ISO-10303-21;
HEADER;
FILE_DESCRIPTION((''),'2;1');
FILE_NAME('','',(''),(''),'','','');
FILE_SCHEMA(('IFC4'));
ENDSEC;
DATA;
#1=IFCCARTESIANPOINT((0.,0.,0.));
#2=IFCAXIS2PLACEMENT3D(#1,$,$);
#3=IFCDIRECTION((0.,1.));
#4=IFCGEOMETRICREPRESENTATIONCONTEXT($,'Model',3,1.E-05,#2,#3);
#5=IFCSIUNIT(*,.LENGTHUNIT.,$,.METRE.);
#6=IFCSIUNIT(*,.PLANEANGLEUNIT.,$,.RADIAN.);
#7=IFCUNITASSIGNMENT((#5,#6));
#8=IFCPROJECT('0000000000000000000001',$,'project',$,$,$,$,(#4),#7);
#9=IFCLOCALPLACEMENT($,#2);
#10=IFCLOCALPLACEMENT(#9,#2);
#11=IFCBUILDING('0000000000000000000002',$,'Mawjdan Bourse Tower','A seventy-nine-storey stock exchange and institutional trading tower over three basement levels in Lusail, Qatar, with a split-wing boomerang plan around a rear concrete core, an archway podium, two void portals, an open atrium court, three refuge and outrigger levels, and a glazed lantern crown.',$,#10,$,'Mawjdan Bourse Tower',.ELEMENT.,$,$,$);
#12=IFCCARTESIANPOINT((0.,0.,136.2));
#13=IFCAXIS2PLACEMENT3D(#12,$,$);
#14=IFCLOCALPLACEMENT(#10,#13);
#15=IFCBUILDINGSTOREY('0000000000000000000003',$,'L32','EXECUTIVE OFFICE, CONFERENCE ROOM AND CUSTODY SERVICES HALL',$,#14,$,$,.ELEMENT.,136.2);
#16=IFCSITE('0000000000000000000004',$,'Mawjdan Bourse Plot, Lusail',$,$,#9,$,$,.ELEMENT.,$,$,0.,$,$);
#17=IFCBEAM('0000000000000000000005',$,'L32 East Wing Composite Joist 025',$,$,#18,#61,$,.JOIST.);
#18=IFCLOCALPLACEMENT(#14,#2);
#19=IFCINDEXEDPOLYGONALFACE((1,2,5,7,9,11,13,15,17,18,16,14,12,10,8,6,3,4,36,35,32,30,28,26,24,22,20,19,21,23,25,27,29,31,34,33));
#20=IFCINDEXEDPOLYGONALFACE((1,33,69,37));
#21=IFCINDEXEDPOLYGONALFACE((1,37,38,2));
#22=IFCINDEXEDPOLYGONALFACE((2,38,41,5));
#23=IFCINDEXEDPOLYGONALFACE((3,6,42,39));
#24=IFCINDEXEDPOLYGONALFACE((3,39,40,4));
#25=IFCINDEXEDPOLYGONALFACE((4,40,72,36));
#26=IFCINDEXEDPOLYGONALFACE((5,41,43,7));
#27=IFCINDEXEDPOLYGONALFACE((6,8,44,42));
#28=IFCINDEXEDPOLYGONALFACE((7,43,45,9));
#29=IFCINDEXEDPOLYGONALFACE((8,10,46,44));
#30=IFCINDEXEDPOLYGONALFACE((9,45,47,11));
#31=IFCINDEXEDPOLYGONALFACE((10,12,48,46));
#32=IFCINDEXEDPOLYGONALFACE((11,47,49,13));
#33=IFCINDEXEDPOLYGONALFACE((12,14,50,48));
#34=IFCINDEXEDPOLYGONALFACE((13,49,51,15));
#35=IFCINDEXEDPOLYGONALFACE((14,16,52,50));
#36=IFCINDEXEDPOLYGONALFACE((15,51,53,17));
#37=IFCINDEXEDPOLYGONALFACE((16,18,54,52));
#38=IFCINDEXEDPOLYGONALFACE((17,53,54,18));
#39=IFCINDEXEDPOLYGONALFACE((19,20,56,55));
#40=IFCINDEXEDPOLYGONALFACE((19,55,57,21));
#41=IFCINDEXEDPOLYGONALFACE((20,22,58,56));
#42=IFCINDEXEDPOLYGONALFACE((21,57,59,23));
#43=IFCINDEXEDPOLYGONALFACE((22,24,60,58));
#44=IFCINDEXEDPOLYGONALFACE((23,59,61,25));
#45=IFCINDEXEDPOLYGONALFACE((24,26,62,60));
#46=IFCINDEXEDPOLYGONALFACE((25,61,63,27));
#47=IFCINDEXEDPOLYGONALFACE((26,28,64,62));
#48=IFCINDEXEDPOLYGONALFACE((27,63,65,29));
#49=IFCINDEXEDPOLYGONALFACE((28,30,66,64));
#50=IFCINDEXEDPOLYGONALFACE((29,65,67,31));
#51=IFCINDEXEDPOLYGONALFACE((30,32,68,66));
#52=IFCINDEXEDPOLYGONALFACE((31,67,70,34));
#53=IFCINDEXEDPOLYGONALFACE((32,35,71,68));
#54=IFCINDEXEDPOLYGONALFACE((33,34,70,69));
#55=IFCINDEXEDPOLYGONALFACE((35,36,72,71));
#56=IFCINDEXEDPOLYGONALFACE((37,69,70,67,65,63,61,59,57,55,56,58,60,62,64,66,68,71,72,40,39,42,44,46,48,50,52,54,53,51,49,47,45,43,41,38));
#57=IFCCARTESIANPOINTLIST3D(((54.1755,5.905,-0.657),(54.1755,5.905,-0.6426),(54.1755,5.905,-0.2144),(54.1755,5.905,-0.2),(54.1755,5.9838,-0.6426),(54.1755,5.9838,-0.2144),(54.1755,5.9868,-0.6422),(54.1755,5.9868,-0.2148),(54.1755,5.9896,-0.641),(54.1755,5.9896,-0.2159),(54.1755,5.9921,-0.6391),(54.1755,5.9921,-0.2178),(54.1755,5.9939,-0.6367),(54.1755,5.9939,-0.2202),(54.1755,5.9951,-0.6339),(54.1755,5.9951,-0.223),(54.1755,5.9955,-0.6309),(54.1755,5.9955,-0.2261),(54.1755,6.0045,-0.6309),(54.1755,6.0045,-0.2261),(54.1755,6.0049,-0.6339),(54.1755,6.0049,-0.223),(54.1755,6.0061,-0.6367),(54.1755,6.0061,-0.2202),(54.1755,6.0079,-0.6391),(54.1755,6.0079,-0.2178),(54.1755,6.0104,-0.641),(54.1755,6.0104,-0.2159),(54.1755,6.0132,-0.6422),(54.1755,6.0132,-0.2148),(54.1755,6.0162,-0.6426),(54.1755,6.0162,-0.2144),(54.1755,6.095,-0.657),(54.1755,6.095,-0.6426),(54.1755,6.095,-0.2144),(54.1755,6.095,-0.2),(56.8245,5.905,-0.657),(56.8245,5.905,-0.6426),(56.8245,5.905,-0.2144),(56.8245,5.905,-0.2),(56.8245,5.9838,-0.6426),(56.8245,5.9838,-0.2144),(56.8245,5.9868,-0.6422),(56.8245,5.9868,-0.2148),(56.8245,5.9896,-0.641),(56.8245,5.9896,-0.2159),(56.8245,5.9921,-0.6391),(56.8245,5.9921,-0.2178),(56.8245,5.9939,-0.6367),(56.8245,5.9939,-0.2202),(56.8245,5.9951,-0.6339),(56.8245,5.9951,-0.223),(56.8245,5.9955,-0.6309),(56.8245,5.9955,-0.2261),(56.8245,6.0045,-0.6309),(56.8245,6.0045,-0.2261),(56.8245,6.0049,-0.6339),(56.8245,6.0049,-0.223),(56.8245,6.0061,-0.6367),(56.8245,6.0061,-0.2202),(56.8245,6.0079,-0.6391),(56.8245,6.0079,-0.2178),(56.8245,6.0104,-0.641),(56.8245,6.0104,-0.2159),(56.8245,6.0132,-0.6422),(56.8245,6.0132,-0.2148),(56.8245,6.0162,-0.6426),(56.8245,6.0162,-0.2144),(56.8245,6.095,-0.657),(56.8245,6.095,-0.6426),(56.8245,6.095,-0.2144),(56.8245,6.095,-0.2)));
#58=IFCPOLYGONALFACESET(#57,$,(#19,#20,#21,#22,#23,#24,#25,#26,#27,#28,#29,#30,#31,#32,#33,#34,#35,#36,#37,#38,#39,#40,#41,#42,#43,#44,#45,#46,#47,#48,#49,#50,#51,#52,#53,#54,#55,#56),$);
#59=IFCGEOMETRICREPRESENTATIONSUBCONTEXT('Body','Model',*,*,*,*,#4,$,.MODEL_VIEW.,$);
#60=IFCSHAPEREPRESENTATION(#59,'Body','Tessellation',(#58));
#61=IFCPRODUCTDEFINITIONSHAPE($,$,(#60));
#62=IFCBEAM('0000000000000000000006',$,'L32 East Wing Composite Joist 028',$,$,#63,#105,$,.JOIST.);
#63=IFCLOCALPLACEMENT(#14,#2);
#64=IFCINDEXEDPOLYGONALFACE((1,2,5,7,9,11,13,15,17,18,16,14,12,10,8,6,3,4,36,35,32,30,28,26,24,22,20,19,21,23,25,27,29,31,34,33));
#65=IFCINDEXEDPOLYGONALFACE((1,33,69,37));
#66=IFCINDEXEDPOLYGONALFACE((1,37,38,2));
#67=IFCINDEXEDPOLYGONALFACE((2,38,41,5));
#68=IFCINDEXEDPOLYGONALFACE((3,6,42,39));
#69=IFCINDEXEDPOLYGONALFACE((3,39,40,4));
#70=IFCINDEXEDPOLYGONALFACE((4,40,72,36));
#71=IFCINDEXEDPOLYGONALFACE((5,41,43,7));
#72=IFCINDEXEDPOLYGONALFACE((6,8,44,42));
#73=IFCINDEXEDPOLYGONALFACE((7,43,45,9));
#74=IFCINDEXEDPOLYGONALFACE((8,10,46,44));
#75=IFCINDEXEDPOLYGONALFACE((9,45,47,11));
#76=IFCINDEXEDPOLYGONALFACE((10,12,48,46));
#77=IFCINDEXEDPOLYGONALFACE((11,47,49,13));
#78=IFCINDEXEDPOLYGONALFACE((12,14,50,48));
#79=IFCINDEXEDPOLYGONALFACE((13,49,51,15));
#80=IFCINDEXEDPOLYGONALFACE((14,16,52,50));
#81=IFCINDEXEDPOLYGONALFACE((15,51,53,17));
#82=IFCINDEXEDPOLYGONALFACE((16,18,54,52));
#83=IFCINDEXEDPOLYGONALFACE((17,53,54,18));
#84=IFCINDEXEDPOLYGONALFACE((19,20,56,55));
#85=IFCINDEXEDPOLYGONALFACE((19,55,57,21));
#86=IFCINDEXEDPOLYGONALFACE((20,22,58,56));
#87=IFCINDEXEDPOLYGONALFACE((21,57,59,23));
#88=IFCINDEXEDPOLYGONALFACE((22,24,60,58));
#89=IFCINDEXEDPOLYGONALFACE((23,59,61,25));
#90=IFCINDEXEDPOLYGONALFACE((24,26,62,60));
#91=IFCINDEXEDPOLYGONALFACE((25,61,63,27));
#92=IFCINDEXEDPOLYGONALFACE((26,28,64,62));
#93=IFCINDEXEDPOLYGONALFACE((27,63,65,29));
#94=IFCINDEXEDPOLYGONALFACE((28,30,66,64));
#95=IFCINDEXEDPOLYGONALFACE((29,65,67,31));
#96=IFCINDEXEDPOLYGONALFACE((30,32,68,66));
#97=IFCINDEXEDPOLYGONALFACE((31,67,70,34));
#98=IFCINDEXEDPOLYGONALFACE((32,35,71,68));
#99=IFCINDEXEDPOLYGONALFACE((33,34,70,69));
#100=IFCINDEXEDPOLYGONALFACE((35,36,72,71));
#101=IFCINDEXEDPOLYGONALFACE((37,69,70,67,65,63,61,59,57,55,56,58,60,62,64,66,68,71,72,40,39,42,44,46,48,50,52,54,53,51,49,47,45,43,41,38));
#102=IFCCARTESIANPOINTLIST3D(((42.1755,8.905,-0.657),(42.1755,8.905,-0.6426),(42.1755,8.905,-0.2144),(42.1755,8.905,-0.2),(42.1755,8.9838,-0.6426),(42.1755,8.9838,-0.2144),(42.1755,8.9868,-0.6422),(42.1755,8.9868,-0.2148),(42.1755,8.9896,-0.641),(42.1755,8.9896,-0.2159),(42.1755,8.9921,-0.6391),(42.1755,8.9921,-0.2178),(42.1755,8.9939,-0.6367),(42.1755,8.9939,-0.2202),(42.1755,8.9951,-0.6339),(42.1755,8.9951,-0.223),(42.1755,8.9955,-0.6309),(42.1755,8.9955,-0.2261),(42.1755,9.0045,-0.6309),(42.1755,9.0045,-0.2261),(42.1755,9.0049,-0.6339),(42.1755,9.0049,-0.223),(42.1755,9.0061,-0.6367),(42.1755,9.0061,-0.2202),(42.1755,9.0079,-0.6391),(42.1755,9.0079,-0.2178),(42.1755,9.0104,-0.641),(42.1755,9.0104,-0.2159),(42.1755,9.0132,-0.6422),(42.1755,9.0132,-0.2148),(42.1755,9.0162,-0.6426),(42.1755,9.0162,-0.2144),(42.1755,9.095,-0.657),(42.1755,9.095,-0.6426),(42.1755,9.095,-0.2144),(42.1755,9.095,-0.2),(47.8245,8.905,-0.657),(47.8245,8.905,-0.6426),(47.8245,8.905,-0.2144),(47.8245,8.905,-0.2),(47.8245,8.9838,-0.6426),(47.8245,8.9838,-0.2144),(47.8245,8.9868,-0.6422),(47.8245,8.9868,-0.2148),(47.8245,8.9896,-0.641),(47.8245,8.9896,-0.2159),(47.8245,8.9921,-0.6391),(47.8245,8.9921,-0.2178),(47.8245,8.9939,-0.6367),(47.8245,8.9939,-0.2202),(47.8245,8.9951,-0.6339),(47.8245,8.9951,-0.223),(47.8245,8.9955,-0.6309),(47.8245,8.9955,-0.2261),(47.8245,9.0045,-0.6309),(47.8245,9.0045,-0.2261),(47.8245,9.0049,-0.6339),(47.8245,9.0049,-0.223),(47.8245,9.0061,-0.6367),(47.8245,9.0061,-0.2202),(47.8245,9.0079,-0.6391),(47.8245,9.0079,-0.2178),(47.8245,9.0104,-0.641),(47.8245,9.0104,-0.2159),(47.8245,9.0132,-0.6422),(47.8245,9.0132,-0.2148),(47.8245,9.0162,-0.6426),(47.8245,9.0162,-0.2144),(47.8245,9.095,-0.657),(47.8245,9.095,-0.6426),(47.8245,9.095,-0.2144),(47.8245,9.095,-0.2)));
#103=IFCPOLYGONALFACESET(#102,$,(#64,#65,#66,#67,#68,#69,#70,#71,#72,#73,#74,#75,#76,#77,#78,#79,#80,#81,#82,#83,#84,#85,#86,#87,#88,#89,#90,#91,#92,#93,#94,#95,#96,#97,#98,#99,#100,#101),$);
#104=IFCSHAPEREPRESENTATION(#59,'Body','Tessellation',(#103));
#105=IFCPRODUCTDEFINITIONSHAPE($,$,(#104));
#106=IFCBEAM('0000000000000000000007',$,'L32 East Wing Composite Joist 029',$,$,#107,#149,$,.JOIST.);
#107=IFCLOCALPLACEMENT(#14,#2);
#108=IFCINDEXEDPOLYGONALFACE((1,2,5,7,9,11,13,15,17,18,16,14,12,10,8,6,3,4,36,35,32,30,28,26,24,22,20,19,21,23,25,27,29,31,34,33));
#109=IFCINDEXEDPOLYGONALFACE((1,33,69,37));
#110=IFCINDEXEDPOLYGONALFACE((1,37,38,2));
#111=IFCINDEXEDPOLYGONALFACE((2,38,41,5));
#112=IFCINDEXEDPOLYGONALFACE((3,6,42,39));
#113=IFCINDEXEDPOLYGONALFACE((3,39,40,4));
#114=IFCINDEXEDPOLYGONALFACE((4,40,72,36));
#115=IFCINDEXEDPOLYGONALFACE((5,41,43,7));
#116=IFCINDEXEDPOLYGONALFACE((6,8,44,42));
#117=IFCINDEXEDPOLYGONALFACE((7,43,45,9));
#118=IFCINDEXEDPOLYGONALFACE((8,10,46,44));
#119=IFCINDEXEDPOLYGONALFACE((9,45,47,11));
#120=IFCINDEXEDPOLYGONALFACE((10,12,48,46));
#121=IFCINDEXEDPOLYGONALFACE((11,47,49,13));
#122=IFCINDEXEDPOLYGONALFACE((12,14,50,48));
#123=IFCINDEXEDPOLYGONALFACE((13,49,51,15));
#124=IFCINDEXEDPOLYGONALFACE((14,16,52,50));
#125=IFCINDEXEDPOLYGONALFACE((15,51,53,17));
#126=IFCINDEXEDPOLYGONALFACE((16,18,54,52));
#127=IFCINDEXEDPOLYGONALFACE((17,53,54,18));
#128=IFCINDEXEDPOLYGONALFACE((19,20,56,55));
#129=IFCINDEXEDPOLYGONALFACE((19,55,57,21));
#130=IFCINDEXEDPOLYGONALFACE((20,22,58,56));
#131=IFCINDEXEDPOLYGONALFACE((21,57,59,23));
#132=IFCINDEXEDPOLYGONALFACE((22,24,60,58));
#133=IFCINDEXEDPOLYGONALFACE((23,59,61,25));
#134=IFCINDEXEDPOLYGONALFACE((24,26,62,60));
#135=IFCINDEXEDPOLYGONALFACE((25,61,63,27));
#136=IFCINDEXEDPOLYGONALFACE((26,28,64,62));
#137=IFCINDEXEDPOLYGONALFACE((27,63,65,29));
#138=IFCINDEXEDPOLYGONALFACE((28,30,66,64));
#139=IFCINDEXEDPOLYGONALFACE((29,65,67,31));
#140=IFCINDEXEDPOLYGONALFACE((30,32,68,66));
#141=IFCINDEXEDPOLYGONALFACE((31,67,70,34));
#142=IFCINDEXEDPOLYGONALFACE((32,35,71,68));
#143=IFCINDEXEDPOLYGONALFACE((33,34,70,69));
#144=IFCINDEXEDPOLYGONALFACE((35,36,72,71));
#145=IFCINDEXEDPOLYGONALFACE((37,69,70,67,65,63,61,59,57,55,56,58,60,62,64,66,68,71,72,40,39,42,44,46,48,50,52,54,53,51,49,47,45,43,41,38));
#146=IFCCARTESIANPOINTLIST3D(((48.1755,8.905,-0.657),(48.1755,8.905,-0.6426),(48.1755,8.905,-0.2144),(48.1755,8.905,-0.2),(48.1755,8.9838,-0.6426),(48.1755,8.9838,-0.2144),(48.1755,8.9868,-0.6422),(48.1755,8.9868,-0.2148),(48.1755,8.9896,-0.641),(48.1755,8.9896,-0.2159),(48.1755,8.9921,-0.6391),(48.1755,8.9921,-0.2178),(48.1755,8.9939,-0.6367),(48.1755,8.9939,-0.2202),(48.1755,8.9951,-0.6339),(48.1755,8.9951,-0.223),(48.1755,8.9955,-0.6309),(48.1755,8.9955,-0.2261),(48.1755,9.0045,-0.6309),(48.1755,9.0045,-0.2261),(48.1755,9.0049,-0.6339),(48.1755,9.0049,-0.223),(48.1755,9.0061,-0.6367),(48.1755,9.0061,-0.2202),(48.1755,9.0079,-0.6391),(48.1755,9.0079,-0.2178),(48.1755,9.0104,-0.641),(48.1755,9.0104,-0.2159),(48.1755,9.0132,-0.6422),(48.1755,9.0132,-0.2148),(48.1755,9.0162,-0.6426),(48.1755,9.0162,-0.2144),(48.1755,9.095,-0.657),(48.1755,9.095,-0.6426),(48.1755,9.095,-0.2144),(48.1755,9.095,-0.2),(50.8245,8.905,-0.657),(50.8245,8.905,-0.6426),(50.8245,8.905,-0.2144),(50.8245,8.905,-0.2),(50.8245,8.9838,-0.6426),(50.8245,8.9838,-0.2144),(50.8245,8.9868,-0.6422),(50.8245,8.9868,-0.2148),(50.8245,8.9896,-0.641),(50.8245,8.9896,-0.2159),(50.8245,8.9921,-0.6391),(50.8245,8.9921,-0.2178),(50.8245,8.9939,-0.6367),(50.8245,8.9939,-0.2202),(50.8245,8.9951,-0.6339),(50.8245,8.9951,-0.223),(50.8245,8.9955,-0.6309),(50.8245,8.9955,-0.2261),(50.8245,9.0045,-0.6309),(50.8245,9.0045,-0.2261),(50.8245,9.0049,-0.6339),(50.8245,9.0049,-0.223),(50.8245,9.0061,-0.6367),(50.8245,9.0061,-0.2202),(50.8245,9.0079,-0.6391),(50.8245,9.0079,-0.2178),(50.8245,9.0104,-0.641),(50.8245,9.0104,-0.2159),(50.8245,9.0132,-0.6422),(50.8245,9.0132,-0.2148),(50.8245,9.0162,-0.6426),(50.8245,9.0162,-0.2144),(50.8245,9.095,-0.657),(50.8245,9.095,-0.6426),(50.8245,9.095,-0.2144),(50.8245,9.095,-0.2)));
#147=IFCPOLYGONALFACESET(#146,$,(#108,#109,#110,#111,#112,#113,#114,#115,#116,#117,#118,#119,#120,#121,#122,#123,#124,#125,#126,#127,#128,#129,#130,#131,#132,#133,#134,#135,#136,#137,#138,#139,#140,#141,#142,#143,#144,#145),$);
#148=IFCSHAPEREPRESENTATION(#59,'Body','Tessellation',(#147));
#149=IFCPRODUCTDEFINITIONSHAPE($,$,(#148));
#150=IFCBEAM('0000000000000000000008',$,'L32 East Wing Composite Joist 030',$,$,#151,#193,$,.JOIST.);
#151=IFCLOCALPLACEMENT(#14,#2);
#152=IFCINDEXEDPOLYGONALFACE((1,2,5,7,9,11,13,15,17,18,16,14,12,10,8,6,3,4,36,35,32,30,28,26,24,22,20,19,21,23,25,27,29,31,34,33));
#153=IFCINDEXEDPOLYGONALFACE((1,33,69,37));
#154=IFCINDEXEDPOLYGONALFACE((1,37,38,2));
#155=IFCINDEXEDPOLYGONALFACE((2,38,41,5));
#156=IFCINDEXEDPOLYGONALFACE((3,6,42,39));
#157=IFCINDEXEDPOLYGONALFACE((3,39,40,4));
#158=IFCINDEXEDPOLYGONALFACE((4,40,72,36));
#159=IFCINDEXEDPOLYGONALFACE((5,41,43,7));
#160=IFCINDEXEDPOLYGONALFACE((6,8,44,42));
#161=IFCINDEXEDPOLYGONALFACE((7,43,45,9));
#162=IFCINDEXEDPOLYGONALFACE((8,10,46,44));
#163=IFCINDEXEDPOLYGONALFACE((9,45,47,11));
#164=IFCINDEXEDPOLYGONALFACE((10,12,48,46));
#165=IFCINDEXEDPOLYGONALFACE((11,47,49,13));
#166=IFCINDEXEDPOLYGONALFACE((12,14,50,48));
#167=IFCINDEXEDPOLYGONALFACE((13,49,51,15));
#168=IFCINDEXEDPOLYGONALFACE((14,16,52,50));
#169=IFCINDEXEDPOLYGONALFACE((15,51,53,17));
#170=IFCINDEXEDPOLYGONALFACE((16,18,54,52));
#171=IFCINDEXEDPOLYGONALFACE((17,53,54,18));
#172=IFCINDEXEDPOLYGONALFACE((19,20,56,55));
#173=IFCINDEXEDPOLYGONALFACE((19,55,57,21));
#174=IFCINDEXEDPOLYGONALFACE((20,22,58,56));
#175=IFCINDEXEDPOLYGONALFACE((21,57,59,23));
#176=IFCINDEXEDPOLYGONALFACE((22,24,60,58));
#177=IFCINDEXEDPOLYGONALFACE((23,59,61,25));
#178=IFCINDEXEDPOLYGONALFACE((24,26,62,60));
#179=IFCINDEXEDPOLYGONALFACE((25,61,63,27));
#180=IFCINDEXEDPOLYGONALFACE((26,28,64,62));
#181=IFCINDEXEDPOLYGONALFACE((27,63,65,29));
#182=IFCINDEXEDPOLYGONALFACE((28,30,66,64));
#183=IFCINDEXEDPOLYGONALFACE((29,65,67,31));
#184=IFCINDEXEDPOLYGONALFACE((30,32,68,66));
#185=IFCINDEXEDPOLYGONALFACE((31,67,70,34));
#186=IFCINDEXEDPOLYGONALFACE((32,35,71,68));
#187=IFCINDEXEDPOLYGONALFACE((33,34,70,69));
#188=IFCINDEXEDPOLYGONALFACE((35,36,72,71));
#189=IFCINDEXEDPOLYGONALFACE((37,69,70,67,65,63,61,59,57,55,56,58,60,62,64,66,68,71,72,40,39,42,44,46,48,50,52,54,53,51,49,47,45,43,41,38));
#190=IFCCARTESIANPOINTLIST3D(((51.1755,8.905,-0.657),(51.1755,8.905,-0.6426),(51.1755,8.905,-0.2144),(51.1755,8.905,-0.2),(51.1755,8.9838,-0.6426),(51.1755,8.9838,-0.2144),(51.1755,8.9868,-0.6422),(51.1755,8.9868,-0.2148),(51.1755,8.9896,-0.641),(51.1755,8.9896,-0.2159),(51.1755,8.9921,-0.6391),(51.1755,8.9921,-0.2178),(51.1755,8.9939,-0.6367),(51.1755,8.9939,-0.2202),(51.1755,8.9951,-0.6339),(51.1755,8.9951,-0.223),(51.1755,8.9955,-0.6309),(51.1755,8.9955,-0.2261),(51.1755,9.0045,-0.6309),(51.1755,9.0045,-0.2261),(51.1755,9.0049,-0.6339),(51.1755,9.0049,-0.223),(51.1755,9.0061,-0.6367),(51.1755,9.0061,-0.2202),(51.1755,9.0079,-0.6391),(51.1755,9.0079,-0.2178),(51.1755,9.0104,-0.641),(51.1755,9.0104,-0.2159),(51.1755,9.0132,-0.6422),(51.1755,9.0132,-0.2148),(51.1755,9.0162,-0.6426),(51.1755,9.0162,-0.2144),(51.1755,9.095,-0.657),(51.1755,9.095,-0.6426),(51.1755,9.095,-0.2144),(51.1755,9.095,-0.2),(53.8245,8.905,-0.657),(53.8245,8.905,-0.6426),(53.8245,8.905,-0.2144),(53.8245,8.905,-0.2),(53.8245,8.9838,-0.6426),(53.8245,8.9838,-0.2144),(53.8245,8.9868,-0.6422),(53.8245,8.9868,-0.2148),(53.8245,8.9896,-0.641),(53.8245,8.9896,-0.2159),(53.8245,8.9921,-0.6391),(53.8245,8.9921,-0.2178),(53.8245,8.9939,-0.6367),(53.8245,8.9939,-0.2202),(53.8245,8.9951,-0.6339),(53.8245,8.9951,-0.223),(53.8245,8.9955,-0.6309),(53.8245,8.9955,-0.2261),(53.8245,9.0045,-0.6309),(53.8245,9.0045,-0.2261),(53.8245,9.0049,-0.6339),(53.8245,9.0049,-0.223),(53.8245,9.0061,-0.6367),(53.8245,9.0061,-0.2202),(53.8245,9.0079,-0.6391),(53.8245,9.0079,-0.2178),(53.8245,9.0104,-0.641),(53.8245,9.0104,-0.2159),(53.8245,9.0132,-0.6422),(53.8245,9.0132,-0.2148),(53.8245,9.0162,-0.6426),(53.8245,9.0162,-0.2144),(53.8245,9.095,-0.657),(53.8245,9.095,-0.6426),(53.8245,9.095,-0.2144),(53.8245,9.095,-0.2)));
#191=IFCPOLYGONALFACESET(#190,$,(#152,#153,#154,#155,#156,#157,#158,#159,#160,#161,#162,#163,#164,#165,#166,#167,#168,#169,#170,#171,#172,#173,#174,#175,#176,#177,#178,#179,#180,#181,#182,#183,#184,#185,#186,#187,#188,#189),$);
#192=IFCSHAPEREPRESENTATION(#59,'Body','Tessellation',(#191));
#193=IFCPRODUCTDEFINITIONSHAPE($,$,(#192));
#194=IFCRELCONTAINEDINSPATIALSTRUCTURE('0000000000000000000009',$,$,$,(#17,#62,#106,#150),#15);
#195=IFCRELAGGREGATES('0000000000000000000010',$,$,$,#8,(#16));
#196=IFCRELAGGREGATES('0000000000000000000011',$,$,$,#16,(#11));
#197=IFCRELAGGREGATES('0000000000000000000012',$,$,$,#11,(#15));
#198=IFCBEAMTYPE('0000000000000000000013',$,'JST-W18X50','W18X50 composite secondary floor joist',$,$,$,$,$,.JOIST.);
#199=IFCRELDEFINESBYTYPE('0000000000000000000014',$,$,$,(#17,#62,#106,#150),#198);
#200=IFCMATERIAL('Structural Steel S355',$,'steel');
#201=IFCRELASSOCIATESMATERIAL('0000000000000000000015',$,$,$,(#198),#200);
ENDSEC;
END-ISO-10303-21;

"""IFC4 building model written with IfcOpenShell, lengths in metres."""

from ifc_helpers import new_model, si_unit, direction, frame, origin, origin_2d, place, context, subcontext, project, spatial, i_section, extrude, material, material_profile, profile_set, type_object, element, save


model = new_model("IFC4")

# Units and contexts
model_context = context("Model", 3, precision=1e-05, world=origin(), true_north=direction((0.0, 1.0)))
body_context = subcontext(model_context, "Body", "Model", "MODEL_VIEW")
ifc_project = project(units=[si_unit("LENGTHUNIT", "METRE"), si_unit("PLANEANGLEUNIT", "RADIAN")], contexts=[model_context])

# Site, building, storey
site_placement = place(None, origin())
site = spatial("IfcSite", under=ifc_project, at=site_placement, Name="Mawjdan Bourse Plot, Lusail", CompositionType="ELEMENT", RefElevation=0.0)
building_placement = place(site_placement, origin())
building = spatial("IfcBuilding", under=site, at=building_placement, Name="Mawjdan Bourse Tower", Description="A seventy-nine-storey stock exchange and institutional trading tower over three basement levels in Lusail, Qatar, with a split-wing boomerang plan around a rear concrete core, an archway podium, two void portals, an open atrium court, three refuge and outrigger levels, and a glazed lantern crown.", LongName="Mawjdan Bourse Tower", CompositionType="ELEMENT")
storey_placement = place(building_placement, frame((0.0, 0.0, 136.2)))
storey = spatial("IfcBuildingStorey", under=building, at=storey_placement, Name="L32", Description="EXECUTIVE OFFICE, CONFERENCE ROOM AND CUSTODY SERVICES HALL", CompositionType="ELEMENT", Elevation=136.2)

# Beams
ifc_material_1 = material(Name="Structural Steel S355", Category="steel")
ifc_material_profile_1 = material_profile(ifc_material_1, i_section(OverallWidth=0.1899, OverallDepth=0.457, WebThickness=0.009, FlangeThickness=0.0144, FilletRadius=0.0117, at=origin_2d()), Name="W18X50")
ifc_profile_set_1 = profile_set([ifc_material_profile_1], Name="Structural Steel S355")
beam_type_1 = type_object("IfcBeamType", Name="JST-W18X50", Description="W18X50 composite secondary floor joist", PredefinedType="JOIST", material=ifc_profile_set_1)
for number, where, z_axis, x_axis, name in (
    (1, (54.1755, 6.0, -0.4285), (1.0, 0.0, 0.0), (0.0, 1.0, 0.0), "L32 East Wing Composite Joist 025"),
):
    element("IfcBeam", number, at=place(storey_placement, frame(where, z_axis=z_axis, x_axis=x_axis)), inside=storey, type_object=beam_type_1, Name=name, PredefinedType="JOIST", context=body_context, shape_type="SweptSolid", body=[
        extrude(i_section(OverallWidth=0.1899, OverallDepth=0.457, WebThickness=0.009, FlangeThickness=0.0144, FilletRadius=0.0117, at=origin_2d()), origin(), (0.0, 0.0, 1.0), 2.6489),
    ])
beam_1_placement = place(storey_placement, frame((42.1755, 9.0, -0.4285), z_axis=(1.0, 0.0, 0.0), x_axis=(0.0, 1.0, 0.0)))
element("IfcBeam", 2, at=beam_1_placement, inside=storey, type_object=beam_type_1, Name="L32 East Wing Composite Joist 028", PredefinedType="JOIST", context=body_context, shape_type="SweptSolid", body=[
    extrude(i_section(OverallWidth=0.1899, OverallDepth=0.457, WebThickness=0.009, FlangeThickness=0.0144, FilletRadius=0.0117, at=origin_2d()), origin(), (0.0, 0.0, 1.0), 5.6489),
])
for number, where, z_axis, x_axis, name in (
    (3, (48.1755, 9.0, -0.4285), (1.0, 0.0, 0.0), (0.0, 1.0, 0.0), "L32 East Wing Composite Joist 029"),
    (4, (51.1755, 9.0, -0.4285), (1.0, 0.0, 0.0), (0.0, 1.0, 0.0), "L32 East Wing Composite Joist 030"),
):
    element("IfcBeam", number, at=place(storey_placement, frame(where, z_axis=z_axis, x_axis=x_axis)), inside=storey, type_object=beam_type_1, Name=name, PredefinedType="JOIST", context=body_context, shape_type="SweptSolid", body=[
        extrude(i_section(OverallWidth=0.1899, OverallDepth=0.457, WebThickness=0.009, FlangeThickness=0.0144, FilletRadius=0.0117, at=origin_2d()), origin(), (0.0, 0.0, 1.0), 2.6489),
    ])

save(model, "model.ifc")
